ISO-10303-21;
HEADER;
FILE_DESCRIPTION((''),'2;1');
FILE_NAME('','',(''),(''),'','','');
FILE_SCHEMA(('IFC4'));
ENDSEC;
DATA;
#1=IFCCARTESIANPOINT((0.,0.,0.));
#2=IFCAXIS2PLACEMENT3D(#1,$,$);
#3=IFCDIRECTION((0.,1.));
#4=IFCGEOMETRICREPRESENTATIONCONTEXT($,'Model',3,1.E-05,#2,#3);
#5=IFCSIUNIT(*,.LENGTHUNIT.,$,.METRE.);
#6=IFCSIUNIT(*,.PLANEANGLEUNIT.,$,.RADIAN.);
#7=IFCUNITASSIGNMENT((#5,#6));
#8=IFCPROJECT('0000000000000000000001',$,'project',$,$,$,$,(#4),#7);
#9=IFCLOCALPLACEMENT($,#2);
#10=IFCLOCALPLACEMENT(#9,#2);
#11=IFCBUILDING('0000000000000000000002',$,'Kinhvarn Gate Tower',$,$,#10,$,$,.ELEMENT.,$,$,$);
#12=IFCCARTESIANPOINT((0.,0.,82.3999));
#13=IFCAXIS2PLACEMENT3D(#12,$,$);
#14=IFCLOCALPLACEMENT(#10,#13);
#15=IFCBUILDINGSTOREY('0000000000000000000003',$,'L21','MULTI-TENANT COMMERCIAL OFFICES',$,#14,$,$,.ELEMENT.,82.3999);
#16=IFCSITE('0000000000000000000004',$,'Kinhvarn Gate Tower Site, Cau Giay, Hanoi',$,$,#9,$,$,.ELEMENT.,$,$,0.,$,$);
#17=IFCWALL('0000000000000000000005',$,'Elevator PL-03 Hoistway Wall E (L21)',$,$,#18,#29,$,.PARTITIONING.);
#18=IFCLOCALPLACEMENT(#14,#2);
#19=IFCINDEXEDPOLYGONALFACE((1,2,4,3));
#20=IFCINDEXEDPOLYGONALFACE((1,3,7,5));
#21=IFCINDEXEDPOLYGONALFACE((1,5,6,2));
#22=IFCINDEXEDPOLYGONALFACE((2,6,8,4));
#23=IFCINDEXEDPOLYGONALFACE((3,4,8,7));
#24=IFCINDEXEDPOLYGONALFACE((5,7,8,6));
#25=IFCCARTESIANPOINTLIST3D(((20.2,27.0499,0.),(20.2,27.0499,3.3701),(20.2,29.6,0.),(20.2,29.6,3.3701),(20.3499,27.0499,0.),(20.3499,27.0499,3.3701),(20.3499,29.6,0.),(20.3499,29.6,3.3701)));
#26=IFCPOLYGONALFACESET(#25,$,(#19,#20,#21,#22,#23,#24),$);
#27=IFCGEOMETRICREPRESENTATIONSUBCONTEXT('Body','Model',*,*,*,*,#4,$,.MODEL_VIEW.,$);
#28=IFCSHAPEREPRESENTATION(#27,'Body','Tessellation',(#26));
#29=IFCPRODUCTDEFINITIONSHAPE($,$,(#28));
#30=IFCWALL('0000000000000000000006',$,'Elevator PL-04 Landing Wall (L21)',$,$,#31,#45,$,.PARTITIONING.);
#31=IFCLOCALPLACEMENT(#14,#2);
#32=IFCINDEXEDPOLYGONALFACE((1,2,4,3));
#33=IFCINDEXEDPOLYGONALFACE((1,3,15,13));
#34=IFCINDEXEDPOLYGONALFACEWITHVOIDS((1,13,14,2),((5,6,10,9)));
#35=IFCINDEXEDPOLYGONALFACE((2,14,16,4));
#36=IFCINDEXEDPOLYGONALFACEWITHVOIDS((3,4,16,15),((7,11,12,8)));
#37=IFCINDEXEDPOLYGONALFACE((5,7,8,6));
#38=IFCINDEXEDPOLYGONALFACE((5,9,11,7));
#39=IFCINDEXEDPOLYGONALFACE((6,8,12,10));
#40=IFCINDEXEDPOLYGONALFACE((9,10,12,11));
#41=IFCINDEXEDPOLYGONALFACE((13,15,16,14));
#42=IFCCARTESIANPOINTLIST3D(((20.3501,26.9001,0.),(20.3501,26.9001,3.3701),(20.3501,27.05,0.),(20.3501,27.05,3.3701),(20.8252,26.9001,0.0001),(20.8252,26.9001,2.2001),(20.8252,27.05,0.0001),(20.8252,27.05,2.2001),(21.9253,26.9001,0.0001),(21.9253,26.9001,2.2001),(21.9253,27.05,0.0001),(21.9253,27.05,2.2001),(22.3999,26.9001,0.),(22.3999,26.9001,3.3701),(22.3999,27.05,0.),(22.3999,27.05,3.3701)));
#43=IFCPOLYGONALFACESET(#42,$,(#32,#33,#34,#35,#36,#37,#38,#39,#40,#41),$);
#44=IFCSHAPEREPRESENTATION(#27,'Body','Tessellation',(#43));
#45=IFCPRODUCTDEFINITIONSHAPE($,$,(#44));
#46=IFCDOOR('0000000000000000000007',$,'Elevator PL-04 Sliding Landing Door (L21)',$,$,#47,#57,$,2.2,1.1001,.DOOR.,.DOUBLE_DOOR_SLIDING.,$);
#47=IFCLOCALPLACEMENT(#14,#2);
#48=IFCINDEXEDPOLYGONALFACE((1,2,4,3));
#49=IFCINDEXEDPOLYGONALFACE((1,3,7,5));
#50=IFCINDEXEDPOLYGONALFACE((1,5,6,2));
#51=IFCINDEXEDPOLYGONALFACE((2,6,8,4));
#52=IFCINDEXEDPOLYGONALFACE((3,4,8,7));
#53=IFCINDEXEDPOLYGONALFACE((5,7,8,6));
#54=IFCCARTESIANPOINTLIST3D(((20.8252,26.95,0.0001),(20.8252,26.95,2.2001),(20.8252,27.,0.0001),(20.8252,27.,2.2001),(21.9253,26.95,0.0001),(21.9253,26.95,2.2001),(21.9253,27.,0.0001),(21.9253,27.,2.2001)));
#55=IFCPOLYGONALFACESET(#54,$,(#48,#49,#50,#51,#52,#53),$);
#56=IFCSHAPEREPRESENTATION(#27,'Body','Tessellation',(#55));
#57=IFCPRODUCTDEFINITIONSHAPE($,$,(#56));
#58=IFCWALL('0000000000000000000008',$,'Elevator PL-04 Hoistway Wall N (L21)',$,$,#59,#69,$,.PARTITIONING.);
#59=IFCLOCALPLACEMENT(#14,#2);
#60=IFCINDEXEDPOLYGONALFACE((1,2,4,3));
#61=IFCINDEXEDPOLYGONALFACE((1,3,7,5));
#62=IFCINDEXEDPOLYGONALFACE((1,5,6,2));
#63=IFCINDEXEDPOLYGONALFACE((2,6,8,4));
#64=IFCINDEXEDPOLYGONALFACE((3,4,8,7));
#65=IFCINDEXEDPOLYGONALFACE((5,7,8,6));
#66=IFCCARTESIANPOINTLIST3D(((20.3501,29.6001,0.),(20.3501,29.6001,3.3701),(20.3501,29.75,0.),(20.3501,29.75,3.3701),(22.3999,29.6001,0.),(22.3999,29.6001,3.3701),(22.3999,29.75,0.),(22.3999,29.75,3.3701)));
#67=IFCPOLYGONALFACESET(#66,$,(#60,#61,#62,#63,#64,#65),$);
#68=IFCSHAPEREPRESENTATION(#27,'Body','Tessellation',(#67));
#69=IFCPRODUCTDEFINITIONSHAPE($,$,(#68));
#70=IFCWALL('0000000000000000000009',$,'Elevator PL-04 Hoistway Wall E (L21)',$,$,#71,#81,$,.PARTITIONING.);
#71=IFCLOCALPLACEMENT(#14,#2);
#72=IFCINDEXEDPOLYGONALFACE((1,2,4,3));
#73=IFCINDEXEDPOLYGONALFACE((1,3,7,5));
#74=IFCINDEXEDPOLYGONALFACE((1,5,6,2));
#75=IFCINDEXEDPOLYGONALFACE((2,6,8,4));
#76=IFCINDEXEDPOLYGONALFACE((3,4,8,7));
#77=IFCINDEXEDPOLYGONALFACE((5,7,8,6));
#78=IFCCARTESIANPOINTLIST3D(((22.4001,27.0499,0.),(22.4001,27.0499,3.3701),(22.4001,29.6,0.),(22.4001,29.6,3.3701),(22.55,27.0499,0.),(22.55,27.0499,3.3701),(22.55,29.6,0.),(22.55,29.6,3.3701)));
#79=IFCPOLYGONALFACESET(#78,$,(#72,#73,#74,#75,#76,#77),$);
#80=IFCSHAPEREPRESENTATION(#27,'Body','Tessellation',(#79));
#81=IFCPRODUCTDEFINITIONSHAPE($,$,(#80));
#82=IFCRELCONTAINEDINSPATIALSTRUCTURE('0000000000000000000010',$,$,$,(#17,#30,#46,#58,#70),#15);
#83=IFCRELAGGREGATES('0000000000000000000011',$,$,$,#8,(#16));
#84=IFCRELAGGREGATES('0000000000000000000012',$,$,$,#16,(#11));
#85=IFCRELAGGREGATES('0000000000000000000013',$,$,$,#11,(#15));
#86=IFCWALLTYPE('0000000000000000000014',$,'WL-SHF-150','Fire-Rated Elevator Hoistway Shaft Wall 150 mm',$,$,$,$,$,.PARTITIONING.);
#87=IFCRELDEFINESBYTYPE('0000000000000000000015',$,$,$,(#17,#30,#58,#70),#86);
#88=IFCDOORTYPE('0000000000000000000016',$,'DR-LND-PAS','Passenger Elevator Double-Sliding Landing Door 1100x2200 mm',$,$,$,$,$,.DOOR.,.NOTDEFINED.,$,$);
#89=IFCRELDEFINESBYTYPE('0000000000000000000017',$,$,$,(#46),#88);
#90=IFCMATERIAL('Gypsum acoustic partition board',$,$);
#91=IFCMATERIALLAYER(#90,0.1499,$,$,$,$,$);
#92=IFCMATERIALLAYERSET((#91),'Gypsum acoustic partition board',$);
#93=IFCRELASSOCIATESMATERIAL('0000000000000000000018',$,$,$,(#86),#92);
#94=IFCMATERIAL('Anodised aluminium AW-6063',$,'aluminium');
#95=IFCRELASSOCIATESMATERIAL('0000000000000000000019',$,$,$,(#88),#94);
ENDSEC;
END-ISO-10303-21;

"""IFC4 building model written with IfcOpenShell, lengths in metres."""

from ifc_helpers import new_model, si_unit, direction, frame, frame_2d, origin, place, context, subcontext, project, spatial, rectangle, extrude, material, layer, layer_set, type_object, element, fill, save


model = new_model("IFC4")

# Units and contexts
model_context = context("Model", 3, precision=1e-05, world=origin(), true_north=direction((0.0, 1.0)))
body_context = subcontext(model_context, "Body", "Model", "MODEL_VIEW")
ifc_project = project(units=[si_unit("LENGTHUNIT", "METRE"), si_unit("PLANEANGLEUNIT", "RADIAN")], contexts=[model_context])

# Site, building, storey
site_placement = place(None, origin())
site = spatial("IfcSite", under=ifc_project, at=site_placement, Name="Kinhvarn Gate Tower Site, Cau Giay, Hanoi", CompositionType="ELEMENT", RefElevation=0.0)
building_placement = place(site_placement, origin())
building = spatial("IfcBuilding", under=site, at=building_placement, Name="Kinhvarn Gate Tower", CompositionType="ELEMENT")
storey_placement = place(building_placement, frame((0.0, 0.0, 82.3999)))
storey = spatial("IfcBuildingStorey", under=building, at=storey_placement, Name="L21", Description="MULTI-TENANT COMMERCIAL OFFICES", CompositionType="ELEMENT", Elevation=82.3999)

# Shared definitions
ifc_material_1 = material(Name="Gypsum acoustic partition board")

# Shared definitions
ifc_material_2 = material(Name="Anodised aluminium AW-6063", Category="aluminium")

# Shared definitions
ifc_layer_1 = layer(ifc_material_1, 0.1499)
ifc_layer_set_1 = layer_set([ifc_layer_1], Name="Gypsum acoustic partition board")
wall_type_1 = type_object("IfcWallType", Name="WL-SHF-150", Description="Fire-Rated Elevator Hoistway Shaft Wall 150 mm", PredefinedType="PARTITIONING", material=ifc_layer_set_1)
door_type_1 = type_object("IfcDoorType", Name="DR-LND-PAS", Description="Passenger Elevator Double-Sliding Landing Door 1100x2200 mm", OperationType="NOTDEFINED", PredefinedType="DOOR", material=ifc_material_2)

# Wall
for number, where, z_axis, x_axis, name in (
    (1, (20.2749, 27.05, 0.0), (0.0, 0.0, 1.0), (0.0, 1.0, 0.0), "Elevator PL-03 Hoistway Wall E (L21)"),
):
    element("IfcWall", number, at=place(storey_placement, frame(where, z_axis=z_axis, x_axis=x_axis)), inside=storey, type_object=wall_type_1, Name=name, PredefinedType="PARTITIONING", context=body_context, shape_type="SweptSolid", body=[
        extrude(rectangle(XDim=2.55, YDim=0.1499, at=frame_2d((1.2749, 0.0))), origin(), (0.0, 0.0, 1.0), 3.3701),
    ])

# Wall, opening, door
wall_1_placement = place(storey_placement, frame((20.3501, 26.9751, 0.0), z_axis=(0.0, 0.0, 1.0), x_axis=(1.0, 0.0, 0.0)))
wall_1 = element("IfcWall", 2, at=wall_1_placement, inside=storey, type_object=wall_type_1, Name="Elevator PL-04 Landing Wall (L21)", PredefinedType="PARTITIONING", context=body_context, shape_type="SweptSolid", body=[
    extrude(rectangle(XDim=2.0498, YDim=0.1499, at=frame_2d((1.0249, 0.0))), origin(), (0.0, 0.0, 1.0), 3.3701),
])
opening_1_placement = place(wall_1_placement, frame((0.4751, 0.0, 0.0)))
opening_1 = element("IfcOpeningElement", 3, at=opening_1_placement, cuts=wall_1, PredefinedType="OPENING", context=body_context, shape_type="SweptSolid", body=[
    extrude(rectangle(XDim=1.1001, YDim=2.2, at=frame_2d((0.55, 1.1001))), frame((0.0, 0.085, 0.0), z_axis=(0.0, -1.0, 0.0), x_axis=(1.0, 0.0, 0.0)), (0.0, 0.0, 1.0), 0.1699),
])
door_1_placement = place(opening_1_placement, origin())
door_1 = element("IfcDoor", 4, at=door_1_placement, inside=storey, type_object=door_type_1, Name="Elevator PL-04 Sliding Landing Door (L21)", OperationType="DOUBLE_DOOR_SLIDING", OverallHeight=2.2, OverallWidth=1.1001, PredefinedType="DOOR", context=body_context, shape_type="SweptSolid", body=[
    extrude(rectangle(XDim=1.1001, YDim=2.2, at=frame_2d((0.55, 1.1001))), frame((0.0, 0.0249, 0.0), z_axis=(0.0, -1.0, 0.0), x_axis=(1.0, 0.0, 0.0)), (0.0, 0.0, 1.0), 0.05),
])
fill(opening_1, door_1)

# Walls
wall_2_placement = place(storey_placement, frame((20.3501, 29.675, 0.0), z_axis=(0.0, 0.0, 1.0), x_axis=(1.0, 0.0, 0.0)))
element("IfcWall", 5, at=wall_2_placement, inside=storey, type_object=wall_type_1, Name="Elevator PL-04 Hoistway Wall N (L21)", PredefinedType="PARTITIONING", context=body_context, shape_type="SweptSolid", body=[
    extrude(rectangle(XDim=2.0498, YDim=0.1499, at=frame_2d((1.0249, 0.0))), origin(), (0.0, 0.0, 1.0), 3.3701),
])
wall_3_placement = place(storey_placement, frame((22.4751, 27.05, 0.0), z_axis=(0.0, 0.0, 1.0), x_axis=(0.0, 1.0, 0.0)))
element("IfcWall", 6, at=wall_3_placement, inside=storey, type_object=wall_type_1, Name="Elevator PL-04 Hoistway Wall E (L21)", PredefinedType="PARTITIONING", context=body_context, shape_type="SweptSolid", body=[
    extrude(rectangle(XDim=2.55, YDim=0.1499, at=frame_2d((1.2749, 0.0))), origin(), (0.0, 0.0, 1.0), 3.3701),
])

save(model, "model.ifc")
